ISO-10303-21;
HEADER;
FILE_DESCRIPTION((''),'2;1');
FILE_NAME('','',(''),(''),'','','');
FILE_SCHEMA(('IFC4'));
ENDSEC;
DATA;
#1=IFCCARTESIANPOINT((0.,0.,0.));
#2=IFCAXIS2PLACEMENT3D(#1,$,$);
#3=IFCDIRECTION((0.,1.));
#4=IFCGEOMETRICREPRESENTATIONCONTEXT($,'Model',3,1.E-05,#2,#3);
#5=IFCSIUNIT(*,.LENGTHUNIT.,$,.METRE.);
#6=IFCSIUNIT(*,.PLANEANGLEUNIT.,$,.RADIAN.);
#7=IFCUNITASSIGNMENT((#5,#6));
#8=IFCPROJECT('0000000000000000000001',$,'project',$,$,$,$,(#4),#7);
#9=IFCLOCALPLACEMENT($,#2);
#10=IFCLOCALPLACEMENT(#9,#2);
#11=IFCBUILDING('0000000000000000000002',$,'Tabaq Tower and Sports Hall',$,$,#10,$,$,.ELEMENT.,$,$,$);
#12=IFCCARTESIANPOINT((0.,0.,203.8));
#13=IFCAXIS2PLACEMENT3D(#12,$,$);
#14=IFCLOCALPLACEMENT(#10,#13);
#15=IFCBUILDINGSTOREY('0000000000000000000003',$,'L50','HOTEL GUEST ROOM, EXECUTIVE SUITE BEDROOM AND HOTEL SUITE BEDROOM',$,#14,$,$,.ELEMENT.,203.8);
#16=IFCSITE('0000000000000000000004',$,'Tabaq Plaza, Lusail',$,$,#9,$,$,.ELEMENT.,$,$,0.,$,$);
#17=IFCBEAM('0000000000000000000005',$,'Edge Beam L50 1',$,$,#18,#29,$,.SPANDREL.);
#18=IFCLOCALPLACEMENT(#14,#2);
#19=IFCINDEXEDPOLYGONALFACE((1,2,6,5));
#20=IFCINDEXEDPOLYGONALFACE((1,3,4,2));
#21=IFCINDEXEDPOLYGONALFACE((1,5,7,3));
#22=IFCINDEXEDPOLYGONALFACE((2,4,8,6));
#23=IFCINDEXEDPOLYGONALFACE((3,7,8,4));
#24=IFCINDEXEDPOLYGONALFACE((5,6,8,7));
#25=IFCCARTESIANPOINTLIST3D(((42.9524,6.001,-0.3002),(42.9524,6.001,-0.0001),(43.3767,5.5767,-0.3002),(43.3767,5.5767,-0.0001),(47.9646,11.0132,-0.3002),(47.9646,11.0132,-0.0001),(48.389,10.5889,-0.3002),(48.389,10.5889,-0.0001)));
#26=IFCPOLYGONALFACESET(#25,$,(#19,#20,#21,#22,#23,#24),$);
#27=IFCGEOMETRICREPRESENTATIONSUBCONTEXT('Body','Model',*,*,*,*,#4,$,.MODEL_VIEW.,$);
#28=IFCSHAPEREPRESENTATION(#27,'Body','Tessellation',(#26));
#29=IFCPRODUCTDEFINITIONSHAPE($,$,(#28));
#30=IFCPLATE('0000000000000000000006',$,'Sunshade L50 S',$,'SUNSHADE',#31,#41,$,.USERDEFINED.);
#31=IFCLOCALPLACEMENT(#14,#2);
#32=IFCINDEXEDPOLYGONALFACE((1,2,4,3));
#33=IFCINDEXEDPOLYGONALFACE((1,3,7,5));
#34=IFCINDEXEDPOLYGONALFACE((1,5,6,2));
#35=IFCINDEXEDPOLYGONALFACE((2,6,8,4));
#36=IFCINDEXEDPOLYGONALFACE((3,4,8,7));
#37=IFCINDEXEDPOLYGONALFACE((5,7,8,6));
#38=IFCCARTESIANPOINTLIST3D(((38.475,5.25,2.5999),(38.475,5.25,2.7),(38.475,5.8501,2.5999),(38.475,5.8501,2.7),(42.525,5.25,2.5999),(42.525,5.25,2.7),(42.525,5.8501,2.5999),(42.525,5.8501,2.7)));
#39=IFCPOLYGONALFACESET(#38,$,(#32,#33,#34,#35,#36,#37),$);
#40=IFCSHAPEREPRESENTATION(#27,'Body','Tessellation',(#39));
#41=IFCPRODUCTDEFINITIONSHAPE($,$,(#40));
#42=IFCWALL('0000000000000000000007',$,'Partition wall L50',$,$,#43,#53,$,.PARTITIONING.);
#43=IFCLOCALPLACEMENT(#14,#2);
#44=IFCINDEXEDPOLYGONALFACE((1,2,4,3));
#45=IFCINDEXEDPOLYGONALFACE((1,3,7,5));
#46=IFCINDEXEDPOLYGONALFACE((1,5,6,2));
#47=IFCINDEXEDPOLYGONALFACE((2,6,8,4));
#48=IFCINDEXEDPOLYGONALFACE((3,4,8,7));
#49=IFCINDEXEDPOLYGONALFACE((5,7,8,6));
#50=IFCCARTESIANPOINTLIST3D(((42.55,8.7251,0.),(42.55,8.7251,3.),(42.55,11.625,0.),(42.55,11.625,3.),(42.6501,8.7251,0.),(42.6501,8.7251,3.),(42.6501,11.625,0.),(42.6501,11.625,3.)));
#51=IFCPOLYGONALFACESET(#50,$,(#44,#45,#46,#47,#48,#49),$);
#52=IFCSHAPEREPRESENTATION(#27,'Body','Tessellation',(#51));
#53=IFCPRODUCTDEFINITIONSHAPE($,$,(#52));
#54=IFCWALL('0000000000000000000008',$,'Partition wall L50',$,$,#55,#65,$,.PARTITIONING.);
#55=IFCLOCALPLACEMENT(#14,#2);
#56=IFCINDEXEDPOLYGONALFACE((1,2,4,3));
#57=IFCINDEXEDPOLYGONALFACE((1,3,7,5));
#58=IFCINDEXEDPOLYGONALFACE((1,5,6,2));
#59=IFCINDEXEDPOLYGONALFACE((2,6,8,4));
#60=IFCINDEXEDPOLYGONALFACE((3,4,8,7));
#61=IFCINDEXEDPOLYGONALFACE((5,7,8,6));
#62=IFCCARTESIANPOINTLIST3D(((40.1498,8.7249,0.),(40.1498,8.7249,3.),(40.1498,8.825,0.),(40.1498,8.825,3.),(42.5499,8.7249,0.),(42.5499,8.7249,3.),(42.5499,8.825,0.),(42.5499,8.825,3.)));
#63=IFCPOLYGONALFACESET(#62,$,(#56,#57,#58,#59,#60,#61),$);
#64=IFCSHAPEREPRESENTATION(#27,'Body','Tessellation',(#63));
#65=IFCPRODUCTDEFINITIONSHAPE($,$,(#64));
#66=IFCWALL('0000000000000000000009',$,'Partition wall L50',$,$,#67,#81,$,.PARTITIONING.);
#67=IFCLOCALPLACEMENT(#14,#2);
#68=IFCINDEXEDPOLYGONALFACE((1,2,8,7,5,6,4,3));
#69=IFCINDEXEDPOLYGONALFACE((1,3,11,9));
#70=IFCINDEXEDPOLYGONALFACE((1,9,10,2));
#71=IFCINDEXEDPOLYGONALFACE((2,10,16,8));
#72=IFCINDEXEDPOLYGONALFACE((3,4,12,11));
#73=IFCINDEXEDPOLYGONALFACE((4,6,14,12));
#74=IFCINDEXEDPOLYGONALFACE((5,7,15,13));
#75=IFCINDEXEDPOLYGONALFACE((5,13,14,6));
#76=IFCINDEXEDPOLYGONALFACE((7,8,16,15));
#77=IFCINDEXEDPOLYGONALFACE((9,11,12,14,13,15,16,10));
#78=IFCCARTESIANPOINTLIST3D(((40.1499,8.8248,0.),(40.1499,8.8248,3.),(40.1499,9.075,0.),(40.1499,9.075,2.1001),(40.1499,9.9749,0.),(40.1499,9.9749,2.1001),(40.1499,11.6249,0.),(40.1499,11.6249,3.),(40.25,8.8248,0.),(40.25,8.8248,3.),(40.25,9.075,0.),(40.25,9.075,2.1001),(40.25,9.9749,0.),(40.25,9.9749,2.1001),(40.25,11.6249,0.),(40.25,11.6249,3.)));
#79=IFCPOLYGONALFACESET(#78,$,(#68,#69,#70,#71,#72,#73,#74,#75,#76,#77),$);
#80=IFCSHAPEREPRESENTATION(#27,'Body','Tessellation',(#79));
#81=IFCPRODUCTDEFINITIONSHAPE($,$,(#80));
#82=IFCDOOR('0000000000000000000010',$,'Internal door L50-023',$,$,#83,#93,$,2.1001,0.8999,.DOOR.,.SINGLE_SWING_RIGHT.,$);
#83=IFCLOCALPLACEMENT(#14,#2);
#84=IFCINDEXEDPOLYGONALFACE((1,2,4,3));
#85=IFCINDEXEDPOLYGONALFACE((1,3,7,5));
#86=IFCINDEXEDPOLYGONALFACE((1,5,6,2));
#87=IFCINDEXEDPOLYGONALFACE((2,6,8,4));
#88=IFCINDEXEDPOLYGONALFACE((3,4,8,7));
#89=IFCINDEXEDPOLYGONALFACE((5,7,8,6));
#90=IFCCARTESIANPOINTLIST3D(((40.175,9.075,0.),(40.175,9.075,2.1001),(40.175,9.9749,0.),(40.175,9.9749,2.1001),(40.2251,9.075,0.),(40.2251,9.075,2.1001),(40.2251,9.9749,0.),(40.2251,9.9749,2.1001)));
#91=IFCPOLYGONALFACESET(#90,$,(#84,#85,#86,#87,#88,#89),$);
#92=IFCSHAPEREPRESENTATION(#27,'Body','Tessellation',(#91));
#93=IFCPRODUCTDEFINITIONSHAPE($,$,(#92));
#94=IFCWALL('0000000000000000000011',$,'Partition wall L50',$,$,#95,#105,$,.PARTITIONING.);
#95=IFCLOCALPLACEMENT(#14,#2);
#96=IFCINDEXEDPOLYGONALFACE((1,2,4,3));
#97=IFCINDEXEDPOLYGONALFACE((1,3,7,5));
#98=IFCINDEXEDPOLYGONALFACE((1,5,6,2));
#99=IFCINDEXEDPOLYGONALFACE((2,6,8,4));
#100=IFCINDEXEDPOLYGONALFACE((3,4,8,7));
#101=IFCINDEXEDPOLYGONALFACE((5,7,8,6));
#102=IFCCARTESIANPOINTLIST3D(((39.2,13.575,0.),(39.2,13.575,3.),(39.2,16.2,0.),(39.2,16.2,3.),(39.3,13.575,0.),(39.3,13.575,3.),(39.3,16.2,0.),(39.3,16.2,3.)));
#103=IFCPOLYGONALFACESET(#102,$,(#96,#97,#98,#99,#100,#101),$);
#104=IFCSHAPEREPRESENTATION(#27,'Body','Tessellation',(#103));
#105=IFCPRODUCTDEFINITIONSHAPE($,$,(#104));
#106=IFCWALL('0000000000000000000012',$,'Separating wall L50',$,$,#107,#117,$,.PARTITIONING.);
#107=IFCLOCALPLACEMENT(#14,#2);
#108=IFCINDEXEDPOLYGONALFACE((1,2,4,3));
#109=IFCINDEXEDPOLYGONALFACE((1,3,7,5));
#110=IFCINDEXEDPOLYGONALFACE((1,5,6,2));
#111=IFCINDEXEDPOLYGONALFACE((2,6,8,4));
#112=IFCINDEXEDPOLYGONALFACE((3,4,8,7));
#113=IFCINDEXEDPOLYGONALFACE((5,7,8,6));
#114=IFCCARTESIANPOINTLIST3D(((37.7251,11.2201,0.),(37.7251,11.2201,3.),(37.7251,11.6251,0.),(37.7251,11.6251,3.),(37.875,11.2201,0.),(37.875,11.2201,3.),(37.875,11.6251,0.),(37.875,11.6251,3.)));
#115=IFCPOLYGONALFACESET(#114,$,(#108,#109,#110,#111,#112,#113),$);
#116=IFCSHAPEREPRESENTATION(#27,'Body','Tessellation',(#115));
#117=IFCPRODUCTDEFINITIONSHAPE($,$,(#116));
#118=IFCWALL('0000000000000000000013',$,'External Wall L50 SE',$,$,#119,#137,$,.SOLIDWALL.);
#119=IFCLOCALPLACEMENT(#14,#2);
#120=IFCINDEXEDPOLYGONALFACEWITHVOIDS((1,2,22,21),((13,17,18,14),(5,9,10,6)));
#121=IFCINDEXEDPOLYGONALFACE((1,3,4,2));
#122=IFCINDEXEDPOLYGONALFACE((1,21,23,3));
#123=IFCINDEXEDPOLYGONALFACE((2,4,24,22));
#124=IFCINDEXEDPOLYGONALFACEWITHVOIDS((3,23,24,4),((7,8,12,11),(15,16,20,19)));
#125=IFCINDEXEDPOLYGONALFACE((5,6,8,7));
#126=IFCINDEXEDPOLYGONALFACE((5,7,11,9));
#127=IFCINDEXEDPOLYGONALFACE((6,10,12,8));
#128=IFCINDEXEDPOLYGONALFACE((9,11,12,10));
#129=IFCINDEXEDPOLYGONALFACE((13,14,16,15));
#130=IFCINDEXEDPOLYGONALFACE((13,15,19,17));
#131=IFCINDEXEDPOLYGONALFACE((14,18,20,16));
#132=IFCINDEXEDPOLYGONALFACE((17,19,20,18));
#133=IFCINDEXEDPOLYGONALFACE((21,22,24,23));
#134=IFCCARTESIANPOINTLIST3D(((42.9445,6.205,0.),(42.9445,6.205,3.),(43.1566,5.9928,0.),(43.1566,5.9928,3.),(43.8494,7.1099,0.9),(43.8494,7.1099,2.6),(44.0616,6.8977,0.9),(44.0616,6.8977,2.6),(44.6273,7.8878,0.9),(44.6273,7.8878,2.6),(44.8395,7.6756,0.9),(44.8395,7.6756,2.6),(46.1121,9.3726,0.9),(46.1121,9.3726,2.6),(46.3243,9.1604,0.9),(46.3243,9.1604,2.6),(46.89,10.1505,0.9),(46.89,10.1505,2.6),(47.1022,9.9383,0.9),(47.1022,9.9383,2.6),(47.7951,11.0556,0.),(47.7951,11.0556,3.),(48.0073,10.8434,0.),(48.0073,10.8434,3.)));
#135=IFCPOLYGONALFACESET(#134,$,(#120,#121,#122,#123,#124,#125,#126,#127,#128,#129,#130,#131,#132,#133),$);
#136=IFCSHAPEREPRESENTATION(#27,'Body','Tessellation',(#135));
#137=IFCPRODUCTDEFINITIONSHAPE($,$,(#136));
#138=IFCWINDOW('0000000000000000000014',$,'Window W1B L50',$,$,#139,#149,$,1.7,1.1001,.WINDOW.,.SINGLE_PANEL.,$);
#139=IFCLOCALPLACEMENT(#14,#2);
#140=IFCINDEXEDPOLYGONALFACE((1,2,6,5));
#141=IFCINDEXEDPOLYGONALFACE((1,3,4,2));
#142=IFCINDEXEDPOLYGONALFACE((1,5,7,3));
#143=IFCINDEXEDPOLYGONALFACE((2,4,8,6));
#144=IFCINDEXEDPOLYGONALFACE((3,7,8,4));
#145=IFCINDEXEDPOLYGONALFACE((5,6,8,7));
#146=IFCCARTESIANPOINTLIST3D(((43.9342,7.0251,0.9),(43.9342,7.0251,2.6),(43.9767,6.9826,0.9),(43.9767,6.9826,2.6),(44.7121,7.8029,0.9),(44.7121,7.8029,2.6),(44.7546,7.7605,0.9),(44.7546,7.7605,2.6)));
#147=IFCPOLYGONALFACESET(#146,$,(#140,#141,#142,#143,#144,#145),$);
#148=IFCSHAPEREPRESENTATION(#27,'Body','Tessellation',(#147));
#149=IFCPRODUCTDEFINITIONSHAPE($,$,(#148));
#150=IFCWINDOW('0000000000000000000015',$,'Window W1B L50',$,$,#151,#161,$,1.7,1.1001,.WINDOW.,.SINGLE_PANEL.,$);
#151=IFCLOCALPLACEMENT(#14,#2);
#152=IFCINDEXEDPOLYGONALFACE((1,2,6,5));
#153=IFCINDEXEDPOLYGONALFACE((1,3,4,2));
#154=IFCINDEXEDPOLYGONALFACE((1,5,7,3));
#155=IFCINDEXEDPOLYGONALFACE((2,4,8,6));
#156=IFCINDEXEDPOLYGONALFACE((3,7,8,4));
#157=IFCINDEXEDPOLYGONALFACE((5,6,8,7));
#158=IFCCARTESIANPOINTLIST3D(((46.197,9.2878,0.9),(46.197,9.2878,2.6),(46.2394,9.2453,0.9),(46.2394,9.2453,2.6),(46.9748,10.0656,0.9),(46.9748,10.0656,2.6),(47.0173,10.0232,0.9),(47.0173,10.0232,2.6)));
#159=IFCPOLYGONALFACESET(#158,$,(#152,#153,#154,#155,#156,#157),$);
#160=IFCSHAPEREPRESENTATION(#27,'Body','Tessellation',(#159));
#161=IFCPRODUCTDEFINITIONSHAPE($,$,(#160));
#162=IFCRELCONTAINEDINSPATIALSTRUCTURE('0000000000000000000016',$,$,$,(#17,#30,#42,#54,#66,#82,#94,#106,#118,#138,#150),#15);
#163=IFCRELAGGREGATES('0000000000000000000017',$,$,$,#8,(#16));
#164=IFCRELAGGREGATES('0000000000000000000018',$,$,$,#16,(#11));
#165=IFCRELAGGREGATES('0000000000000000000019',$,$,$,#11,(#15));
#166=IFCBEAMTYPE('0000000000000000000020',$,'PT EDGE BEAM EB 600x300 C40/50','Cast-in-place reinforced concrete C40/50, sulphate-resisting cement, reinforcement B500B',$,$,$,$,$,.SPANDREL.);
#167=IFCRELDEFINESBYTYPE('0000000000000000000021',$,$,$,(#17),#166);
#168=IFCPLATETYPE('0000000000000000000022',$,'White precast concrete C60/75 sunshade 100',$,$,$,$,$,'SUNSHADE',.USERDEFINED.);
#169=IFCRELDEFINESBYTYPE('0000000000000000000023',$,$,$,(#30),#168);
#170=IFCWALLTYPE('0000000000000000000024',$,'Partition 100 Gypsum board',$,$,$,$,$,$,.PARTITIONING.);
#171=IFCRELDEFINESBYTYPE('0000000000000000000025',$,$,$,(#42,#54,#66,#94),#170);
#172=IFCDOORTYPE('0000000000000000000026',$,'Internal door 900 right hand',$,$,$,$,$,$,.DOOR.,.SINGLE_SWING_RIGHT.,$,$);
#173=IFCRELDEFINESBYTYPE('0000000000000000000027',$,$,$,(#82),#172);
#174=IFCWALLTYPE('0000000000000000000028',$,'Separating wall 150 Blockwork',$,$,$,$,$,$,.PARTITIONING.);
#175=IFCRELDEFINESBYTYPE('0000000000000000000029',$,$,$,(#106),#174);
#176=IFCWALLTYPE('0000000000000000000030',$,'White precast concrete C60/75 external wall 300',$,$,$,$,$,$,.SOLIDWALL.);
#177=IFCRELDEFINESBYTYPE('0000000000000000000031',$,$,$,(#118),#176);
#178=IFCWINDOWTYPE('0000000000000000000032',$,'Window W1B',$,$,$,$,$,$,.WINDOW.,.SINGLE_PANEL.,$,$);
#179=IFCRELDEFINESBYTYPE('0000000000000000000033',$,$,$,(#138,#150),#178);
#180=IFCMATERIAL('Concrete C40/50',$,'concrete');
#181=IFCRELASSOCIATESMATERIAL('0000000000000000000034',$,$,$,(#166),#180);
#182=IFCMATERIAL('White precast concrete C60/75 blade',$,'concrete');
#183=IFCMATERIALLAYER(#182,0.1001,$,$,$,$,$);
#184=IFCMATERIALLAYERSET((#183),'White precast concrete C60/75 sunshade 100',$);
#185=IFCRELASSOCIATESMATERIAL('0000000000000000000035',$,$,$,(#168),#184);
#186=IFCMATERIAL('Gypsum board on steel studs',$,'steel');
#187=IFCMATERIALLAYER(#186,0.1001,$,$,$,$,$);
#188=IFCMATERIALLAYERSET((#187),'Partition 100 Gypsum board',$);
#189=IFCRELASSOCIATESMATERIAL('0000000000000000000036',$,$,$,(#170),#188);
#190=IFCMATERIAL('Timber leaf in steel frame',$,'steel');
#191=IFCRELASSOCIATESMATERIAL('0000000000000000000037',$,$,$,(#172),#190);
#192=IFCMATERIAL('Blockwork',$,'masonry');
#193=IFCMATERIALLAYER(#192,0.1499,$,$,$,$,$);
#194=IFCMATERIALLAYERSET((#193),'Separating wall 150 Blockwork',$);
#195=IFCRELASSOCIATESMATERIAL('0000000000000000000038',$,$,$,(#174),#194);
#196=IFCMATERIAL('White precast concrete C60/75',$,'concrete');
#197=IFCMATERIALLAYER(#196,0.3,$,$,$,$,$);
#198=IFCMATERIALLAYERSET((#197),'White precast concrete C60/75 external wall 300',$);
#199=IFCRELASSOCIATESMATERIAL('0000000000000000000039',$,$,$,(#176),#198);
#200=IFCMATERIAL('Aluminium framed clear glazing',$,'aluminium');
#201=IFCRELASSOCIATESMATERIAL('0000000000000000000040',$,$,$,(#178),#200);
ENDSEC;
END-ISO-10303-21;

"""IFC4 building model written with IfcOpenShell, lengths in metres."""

from ifc_helpers import new_model, si_unit, direction, frame, frame_2d, origin, origin_2d, place, context, subcontext, project, spatial, rectangle, extrude, material, layer, layer_set, material_profile, profile_set, type_object, element, fill, save


model = new_model("IFC4")

# Units and contexts
model_context = context("Model", 3, precision=1e-05, world=origin(), true_north=direction((0.0, 1.0)))
body_context = subcontext(model_context, "Body", "Model", "MODEL_VIEW")
ifc_project = project(units=[si_unit("LENGTHUNIT", "METRE"), si_unit("PLANEANGLEUNIT", "RADIAN")], contexts=[model_context])

# Site, building, storey
site_placement = place(None, origin())
site = spatial("IfcSite", under=ifc_project, at=site_placement, Name="Tabaq Plaza, Lusail", CompositionType="ELEMENT", RefElevation=0.0)
building_placement = place(site_placement, origin())
building = spatial("IfcBuilding", under=site, at=building_placement, Name="Tabaq Tower and Sports Hall", CompositionType="ELEMENT")
storey_placement = place(building_placement, frame((0.0, 0.0, 203.8)))
storey = spatial("IfcBuildingStorey", under=building, at=storey_placement, Name="L50", Description="HOTEL GUEST ROOM, EXECUTIVE SUITE BEDROOM AND HOTEL SUITE BEDROOM", CompositionType="ELEMENT", Elevation=203.8)

# Beam
ifc_material_1 = material(Name="Concrete C40/50", Category="concrete")
ifc_material_profile = material_profile(ifc_material_1, rectangle(XDim=0.6001, YDim=0.3, at=origin_2d()), Name="EB 600x300")
ifc_profile_set = profile_set([ifc_material_profile], Name="Concrete C40/50")
beam_type = type_object("IfcBeamType", Name="PT EDGE BEAM EB 600x300 C40/50", Description="Cast-in-place reinforced concrete C40/50, sulphate-resisting cement, reinforcement B500B", PredefinedType="SPANDREL", material=ifc_profile_set)
beam_placement = place(storey_placement, frame((43.1646, 5.7888, -0.1501), z_axis=(0.707107, 0.707107, 0.0), x_axis=(-0.707107, 0.707107, 0.0)))
element("IfcBeam", 1, at=beam_placement, inside=storey, type_object=beam_type, Name="Edge Beam L50 1", PredefinedType="SPANDREL", context=body_context, shape_type="SweptSolid", body=[
    extrude(rectangle(XDim=0.6001, YDim=0.3, at=origin_2d()), origin(), (0.0, 0.0, 1.0), 7.0884),
])

# Plate
ifc_material_2 = material(Name="White precast concrete C60/75 blade", Category="concrete")
ifc_layer_1 = layer(ifc_material_2, 0.1001)
ifc_layer_set_1 = layer_set([ifc_layer_1], Name="White precast concrete C60/75 sunshade 100")
plate_type = type_object("IfcPlateType", Name="White precast concrete C60/75 sunshade 100", ElementType="SUNSHADE", PredefinedType="USERDEFINED", material=ifc_layer_set_1)
plate_placement = place(storey_placement, frame((40.5, 5.55, 2.5999), z_axis=(0.0, 0.0, 1.0), x_axis=(1.0, 0.0, 0.0)))
element("IfcPlate", 2, at=plate_placement, inside=storey, type_object=plate_type, Name="Sunshade L50 S", ObjectType="SUNSHADE", PredefinedType="USERDEFINED", context=body_context, shape_type="SweptSolid", body=[
    extrude(rectangle(XDim=4.05, YDim=0.6001, at=origin_2d()), origin(), (0.0, 0.0, 1.0), 0.1001),
])

# Walls
ifc_material_3 = material(Name="Gypsum board on steel studs", Category="steel")
ifc_layer_2 = layer(ifc_material_3, 0.1001)
ifc_layer_set_2 = layer_set([ifc_layer_2], Name="Partition 100 Gypsum board")
wall_type_1 = type_object("IfcWallType", Name="Partition 100 Gypsum board", PredefinedType="PARTITIONING", material=ifc_layer_set_2)
wall_1_placement = place(storey_placement, frame((42.6001, 11.625, 0.0), z_axis=(0.0, 0.0, 1.0), x_axis=(0.0, -1.0, 0.0)))
element("IfcWall", 3, at=wall_1_placement, inside=storey, type_object=wall_type_1, Name="Partition wall L50", PredefinedType="PARTITIONING", context=body_context, shape_type="SweptSolid", body=[
    extrude(rectangle(XDim=2.8999, YDim=0.1001, at=frame_2d((1.45, 0.0))), origin(), (0.0, 0.0, 1.0), 3.0),
])
wall_2_placement = place(storey_placement, frame((42.55, 8.7749, 0.0), z_axis=(0.0, 0.0, 1.0), x_axis=(-1.0, 0.0, 0.0)))
element("IfcWall", 4, at=wall_2_placement, inside=storey, type_object=wall_type_1, Name="Partition wall L50", PredefinedType="PARTITIONING", context=body_context, shape_type="SweptSolid", body=[
    extrude(rectangle(XDim=2.4001, YDim=0.1001, at=frame_2d((1.2002, 0.0))), origin(), (0.0, 0.0, 1.0), 3.0),
])

# Wall, opening, door
wall_3_placement = place(storey_placement, frame((40.2, 8.825, 0.0), z_axis=(0.0, 0.0, 1.0), x_axis=(0.0, 1.0, 0.0)))
wall_3 = element("IfcWall", 5, at=wall_3_placement, inside=storey, type_object=wall_type_1, Name="Partition wall L50", PredefinedType="PARTITIONING", context=body_context, shape_type="SweptSolid", body=[
    extrude(rectangle(XDim=2.8, YDim=0.1001, at=frame_2d((1.3999, 0.0))), origin(), (0.0, 0.0, 1.0), 3.0),
])
opening_1_placement = place(wall_3_placement, frame((0.25, 0.0, 0.0)))
opening_1 = element("IfcOpeningElement", 6, at=opening_1_placement, cuts=wall_3, PredefinedType="OPENING", context=body_context, shape_type="SweptSolid", body=[
    extrude(rectangle(XDim=0.8999, YDim=2.1001, at=frame_2d((0.45, 1.05))), frame((0.0, 0.05, 0.0), z_axis=(0.0, -1.0, 0.0), x_axis=(1.0, 0.0, 0.0)), (0.0, 0.0, 1.0), 0.1001),
])
ifc_material_4 = material(Name="Timber leaf in steel frame", Category="steel")
door_type = type_object("IfcDoorType", Name="Internal door 900 right hand", OperationType="SINGLE_SWING_RIGHT", PredefinedType="DOOR", material=ifc_material_4)
door_placement = place(opening_1_placement, origin())
door = element("IfcDoor", 7, at=door_placement, inside=storey, type_object=door_type, Name="Internal door L50-023", OperationType="SINGLE_SWING_RIGHT", OverallHeight=2.1001, OverallWidth=0.8999, PredefinedType="DOOR", context=body_context, shape_type="SweptSolid", body=[
    extrude(rectangle(XDim=0.8999, YDim=2.1001, at=frame_2d((0.45, 1.05))), frame((0.0, 0.0249, 0.0), z_axis=(0.0, -1.0, 0.0), x_axis=(1.0, 0.0, 0.0)), (0.0, 0.0, 1.0), 0.05),
])
fill(opening_1, door)

# Walls
wall_4_placement = place(storey_placement, frame((39.25, 13.575, 0.0), z_axis=(0.0, 0.0, 1.0), x_axis=(0.0, 1.0, 0.0)))
element("IfcWall", 8, at=wall_4_placement, inside=storey, type_object=wall_type_1, Name="Partition wall L50", PredefinedType="PARTITIONING", context=body_context, shape_type="SweptSolid", body=[
    extrude(rectangle(XDim=2.625, YDim=0.1001, at=frame_2d((1.3125, 0.0))), origin(), (0.0, 0.0, 1.0), 3.0),
])
ifc_material_5 = material(Name="Blockwork", Category="masonry")
ifc_layer_3 = layer(ifc_material_5, 0.1499)
ifc_layer_set_3 = layer_set([ifc_layer_3], Name="Separating wall 150 Blockwork")
wall_type_2 = type_object("IfcWallType", Name="Separating wall 150 Blockwork", PredefinedType="PARTITIONING", material=ifc_layer_set_3)
wall_5_placement = place(storey_placement, frame((37.8, 11.22, 0.0), z_axis=(0.0, 0.0, 1.0), x_axis=(0.0, 1.0, 0.0)))
element("IfcWall", 9, at=wall_5_placement, inside=storey, type_object=wall_type_2, Name="Separating wall L50", PredefinedType="PARTITIONING", context=body_context, shape_type="SweptSolid", body=[
    extrude(rectangle(XDim=0.405, YDim=0.1499, at=frame_2d((0.2026, 0.0))), origin(), (0.0, 0.0, 1.0), 3.0),
])

# Wall, openings, windows
ifc_material_6 = material(Name="White precast concrete C60/75", Category="concrete")
ifc_layer_4 = layer(ifc_material_6, 0.3)
ifc_layer_set_4 = layer_set([ifc_layer_4], Name="White precast concrete C60/75 external wall 300")
wall_type_3 = type_object("IfcWallType", Name="White precast concrete C60/75 external wall 300", PredefinedType="SOLIDWALL", material=ifc_layer_set_4)
wall_6_placement = place(storey_placement, frame((43.0505, 6.0989, 0.0), z_axis=(0.0, 0.0, 1.0), x_axis=(0.707107, 0.707107, 0.0)))
wall_6 = element("IfcWall", 10, at=wall_6_placement, inside=storey, type_object=wall_type_3, Name="External Wall L50 SE", PredefinedType="SOLIDWALL", context=body_context, shape_type="SweptSolid", body=[
    extrude(rectangle(XDim=6.8599, YDim=0.3, at=frame_2d((3.4299, 0.0))), origin(), (0.0, 0.0, 1.0), 3.0),
])
opening_2_placement = place(wall_6_placement, frame((1.2798, 0.0, 0.8999)))
opening_2 = element("IfcOpeningElement", 11, at=opening_2_placement, cuts=wall_6, PredefinedType="OPENING", context=body_context, shape_type="SweptSolid", body=[
    extrude(rectangle(XDim=1.1001, YDim=1.7, at=frame_2d((0.55, 0.8501))), frame((0.0, 0.1602, 0.0), z_axis=(0.0, -1.0, 0.0), x_axis=(1.0, 0.0, 0.0)), (0.0, 0.0, 1.0), 0.3201),
])
opening_3_placement = place(wall_6_placement, frame((4.4797, 0.0, 0.8999)))
opening_3 = element("IfcOpeningElement", 12, at=opening_3_placement, cuts=wall_6, PredefinedType="OPENING", context=body_context, shape_type="SweptSolid", body=[
    extrude(rectangle(XDim=1.1001, YDim=1.7, at=frame_2d((0.55, 0.8501))), frame((0.0, 0.1602, 0.0), z_axis=(0.0, -1.0, 0.0), x_axis=(1.0, 0.0, 0.0)), (0.0, 0.0, 1.0), 0.3201),
])
ifc_material_7 = material(Name="Aluminium framed clear glazing", Category="aluminium")
window_type = type_object("IfcWindowType", Name="Window W1B", PartitioningType="SINGLE_PANEL", PredefinedType="WINDOW", material=ifc_material_7)
window_1_placement = place(opening_2_placement, origin())
window_1 = element("IfcWindow", 13, at=window_1_placement, inside=storey, type_object=window_type, Name="Window W1B L50", OverallHeight=1.7, OverallWidth=1.1001, PartitioningType="SINGLE_PANEL", PredefinedType="WINDOW", context=body_context, shape_type="SweptSolid", body=[
    extrude(rectangle(XDim=1.1001, YDim=1.7, at=frame_2d((0.55, 0.8501))), frame((0.0, 0.03, 0.0), z_axis=(0.0, -1.0, 0.0), x_axis=(1.0, 0.0, 0.0)), (0.0, 0.0, 1.0), 0.0601),
])
fill(opening_2, window_1)
window_2_placement = place(opening_3_placement, origin())
window_2 = element("IfcWindow", 14, at=window_2_placement, inside=storey, type_object=window_type, Name="Window W1B L50", OverallHeight=1.7, OverallWidth=1.1001, PartitioningType="SINGLE_PANEL", PredefinedType="WINDOW", context=body_context, shape_type="SweptSolid", body=[
    extrude(rectangle(XDim=1.1001, YDim=1.7, at=frame_2d((0.55, 0.8501))), frame((0.0, 0.03, 0.0), z_axis=(0.0, -1.0, 0.0), x_axis=(1.0, 0.0, 0.0)), (0.0, 0.0, 1.0), 0.0601),
])
fill(opening_3, window_2)

save(model, "model.ifc")
